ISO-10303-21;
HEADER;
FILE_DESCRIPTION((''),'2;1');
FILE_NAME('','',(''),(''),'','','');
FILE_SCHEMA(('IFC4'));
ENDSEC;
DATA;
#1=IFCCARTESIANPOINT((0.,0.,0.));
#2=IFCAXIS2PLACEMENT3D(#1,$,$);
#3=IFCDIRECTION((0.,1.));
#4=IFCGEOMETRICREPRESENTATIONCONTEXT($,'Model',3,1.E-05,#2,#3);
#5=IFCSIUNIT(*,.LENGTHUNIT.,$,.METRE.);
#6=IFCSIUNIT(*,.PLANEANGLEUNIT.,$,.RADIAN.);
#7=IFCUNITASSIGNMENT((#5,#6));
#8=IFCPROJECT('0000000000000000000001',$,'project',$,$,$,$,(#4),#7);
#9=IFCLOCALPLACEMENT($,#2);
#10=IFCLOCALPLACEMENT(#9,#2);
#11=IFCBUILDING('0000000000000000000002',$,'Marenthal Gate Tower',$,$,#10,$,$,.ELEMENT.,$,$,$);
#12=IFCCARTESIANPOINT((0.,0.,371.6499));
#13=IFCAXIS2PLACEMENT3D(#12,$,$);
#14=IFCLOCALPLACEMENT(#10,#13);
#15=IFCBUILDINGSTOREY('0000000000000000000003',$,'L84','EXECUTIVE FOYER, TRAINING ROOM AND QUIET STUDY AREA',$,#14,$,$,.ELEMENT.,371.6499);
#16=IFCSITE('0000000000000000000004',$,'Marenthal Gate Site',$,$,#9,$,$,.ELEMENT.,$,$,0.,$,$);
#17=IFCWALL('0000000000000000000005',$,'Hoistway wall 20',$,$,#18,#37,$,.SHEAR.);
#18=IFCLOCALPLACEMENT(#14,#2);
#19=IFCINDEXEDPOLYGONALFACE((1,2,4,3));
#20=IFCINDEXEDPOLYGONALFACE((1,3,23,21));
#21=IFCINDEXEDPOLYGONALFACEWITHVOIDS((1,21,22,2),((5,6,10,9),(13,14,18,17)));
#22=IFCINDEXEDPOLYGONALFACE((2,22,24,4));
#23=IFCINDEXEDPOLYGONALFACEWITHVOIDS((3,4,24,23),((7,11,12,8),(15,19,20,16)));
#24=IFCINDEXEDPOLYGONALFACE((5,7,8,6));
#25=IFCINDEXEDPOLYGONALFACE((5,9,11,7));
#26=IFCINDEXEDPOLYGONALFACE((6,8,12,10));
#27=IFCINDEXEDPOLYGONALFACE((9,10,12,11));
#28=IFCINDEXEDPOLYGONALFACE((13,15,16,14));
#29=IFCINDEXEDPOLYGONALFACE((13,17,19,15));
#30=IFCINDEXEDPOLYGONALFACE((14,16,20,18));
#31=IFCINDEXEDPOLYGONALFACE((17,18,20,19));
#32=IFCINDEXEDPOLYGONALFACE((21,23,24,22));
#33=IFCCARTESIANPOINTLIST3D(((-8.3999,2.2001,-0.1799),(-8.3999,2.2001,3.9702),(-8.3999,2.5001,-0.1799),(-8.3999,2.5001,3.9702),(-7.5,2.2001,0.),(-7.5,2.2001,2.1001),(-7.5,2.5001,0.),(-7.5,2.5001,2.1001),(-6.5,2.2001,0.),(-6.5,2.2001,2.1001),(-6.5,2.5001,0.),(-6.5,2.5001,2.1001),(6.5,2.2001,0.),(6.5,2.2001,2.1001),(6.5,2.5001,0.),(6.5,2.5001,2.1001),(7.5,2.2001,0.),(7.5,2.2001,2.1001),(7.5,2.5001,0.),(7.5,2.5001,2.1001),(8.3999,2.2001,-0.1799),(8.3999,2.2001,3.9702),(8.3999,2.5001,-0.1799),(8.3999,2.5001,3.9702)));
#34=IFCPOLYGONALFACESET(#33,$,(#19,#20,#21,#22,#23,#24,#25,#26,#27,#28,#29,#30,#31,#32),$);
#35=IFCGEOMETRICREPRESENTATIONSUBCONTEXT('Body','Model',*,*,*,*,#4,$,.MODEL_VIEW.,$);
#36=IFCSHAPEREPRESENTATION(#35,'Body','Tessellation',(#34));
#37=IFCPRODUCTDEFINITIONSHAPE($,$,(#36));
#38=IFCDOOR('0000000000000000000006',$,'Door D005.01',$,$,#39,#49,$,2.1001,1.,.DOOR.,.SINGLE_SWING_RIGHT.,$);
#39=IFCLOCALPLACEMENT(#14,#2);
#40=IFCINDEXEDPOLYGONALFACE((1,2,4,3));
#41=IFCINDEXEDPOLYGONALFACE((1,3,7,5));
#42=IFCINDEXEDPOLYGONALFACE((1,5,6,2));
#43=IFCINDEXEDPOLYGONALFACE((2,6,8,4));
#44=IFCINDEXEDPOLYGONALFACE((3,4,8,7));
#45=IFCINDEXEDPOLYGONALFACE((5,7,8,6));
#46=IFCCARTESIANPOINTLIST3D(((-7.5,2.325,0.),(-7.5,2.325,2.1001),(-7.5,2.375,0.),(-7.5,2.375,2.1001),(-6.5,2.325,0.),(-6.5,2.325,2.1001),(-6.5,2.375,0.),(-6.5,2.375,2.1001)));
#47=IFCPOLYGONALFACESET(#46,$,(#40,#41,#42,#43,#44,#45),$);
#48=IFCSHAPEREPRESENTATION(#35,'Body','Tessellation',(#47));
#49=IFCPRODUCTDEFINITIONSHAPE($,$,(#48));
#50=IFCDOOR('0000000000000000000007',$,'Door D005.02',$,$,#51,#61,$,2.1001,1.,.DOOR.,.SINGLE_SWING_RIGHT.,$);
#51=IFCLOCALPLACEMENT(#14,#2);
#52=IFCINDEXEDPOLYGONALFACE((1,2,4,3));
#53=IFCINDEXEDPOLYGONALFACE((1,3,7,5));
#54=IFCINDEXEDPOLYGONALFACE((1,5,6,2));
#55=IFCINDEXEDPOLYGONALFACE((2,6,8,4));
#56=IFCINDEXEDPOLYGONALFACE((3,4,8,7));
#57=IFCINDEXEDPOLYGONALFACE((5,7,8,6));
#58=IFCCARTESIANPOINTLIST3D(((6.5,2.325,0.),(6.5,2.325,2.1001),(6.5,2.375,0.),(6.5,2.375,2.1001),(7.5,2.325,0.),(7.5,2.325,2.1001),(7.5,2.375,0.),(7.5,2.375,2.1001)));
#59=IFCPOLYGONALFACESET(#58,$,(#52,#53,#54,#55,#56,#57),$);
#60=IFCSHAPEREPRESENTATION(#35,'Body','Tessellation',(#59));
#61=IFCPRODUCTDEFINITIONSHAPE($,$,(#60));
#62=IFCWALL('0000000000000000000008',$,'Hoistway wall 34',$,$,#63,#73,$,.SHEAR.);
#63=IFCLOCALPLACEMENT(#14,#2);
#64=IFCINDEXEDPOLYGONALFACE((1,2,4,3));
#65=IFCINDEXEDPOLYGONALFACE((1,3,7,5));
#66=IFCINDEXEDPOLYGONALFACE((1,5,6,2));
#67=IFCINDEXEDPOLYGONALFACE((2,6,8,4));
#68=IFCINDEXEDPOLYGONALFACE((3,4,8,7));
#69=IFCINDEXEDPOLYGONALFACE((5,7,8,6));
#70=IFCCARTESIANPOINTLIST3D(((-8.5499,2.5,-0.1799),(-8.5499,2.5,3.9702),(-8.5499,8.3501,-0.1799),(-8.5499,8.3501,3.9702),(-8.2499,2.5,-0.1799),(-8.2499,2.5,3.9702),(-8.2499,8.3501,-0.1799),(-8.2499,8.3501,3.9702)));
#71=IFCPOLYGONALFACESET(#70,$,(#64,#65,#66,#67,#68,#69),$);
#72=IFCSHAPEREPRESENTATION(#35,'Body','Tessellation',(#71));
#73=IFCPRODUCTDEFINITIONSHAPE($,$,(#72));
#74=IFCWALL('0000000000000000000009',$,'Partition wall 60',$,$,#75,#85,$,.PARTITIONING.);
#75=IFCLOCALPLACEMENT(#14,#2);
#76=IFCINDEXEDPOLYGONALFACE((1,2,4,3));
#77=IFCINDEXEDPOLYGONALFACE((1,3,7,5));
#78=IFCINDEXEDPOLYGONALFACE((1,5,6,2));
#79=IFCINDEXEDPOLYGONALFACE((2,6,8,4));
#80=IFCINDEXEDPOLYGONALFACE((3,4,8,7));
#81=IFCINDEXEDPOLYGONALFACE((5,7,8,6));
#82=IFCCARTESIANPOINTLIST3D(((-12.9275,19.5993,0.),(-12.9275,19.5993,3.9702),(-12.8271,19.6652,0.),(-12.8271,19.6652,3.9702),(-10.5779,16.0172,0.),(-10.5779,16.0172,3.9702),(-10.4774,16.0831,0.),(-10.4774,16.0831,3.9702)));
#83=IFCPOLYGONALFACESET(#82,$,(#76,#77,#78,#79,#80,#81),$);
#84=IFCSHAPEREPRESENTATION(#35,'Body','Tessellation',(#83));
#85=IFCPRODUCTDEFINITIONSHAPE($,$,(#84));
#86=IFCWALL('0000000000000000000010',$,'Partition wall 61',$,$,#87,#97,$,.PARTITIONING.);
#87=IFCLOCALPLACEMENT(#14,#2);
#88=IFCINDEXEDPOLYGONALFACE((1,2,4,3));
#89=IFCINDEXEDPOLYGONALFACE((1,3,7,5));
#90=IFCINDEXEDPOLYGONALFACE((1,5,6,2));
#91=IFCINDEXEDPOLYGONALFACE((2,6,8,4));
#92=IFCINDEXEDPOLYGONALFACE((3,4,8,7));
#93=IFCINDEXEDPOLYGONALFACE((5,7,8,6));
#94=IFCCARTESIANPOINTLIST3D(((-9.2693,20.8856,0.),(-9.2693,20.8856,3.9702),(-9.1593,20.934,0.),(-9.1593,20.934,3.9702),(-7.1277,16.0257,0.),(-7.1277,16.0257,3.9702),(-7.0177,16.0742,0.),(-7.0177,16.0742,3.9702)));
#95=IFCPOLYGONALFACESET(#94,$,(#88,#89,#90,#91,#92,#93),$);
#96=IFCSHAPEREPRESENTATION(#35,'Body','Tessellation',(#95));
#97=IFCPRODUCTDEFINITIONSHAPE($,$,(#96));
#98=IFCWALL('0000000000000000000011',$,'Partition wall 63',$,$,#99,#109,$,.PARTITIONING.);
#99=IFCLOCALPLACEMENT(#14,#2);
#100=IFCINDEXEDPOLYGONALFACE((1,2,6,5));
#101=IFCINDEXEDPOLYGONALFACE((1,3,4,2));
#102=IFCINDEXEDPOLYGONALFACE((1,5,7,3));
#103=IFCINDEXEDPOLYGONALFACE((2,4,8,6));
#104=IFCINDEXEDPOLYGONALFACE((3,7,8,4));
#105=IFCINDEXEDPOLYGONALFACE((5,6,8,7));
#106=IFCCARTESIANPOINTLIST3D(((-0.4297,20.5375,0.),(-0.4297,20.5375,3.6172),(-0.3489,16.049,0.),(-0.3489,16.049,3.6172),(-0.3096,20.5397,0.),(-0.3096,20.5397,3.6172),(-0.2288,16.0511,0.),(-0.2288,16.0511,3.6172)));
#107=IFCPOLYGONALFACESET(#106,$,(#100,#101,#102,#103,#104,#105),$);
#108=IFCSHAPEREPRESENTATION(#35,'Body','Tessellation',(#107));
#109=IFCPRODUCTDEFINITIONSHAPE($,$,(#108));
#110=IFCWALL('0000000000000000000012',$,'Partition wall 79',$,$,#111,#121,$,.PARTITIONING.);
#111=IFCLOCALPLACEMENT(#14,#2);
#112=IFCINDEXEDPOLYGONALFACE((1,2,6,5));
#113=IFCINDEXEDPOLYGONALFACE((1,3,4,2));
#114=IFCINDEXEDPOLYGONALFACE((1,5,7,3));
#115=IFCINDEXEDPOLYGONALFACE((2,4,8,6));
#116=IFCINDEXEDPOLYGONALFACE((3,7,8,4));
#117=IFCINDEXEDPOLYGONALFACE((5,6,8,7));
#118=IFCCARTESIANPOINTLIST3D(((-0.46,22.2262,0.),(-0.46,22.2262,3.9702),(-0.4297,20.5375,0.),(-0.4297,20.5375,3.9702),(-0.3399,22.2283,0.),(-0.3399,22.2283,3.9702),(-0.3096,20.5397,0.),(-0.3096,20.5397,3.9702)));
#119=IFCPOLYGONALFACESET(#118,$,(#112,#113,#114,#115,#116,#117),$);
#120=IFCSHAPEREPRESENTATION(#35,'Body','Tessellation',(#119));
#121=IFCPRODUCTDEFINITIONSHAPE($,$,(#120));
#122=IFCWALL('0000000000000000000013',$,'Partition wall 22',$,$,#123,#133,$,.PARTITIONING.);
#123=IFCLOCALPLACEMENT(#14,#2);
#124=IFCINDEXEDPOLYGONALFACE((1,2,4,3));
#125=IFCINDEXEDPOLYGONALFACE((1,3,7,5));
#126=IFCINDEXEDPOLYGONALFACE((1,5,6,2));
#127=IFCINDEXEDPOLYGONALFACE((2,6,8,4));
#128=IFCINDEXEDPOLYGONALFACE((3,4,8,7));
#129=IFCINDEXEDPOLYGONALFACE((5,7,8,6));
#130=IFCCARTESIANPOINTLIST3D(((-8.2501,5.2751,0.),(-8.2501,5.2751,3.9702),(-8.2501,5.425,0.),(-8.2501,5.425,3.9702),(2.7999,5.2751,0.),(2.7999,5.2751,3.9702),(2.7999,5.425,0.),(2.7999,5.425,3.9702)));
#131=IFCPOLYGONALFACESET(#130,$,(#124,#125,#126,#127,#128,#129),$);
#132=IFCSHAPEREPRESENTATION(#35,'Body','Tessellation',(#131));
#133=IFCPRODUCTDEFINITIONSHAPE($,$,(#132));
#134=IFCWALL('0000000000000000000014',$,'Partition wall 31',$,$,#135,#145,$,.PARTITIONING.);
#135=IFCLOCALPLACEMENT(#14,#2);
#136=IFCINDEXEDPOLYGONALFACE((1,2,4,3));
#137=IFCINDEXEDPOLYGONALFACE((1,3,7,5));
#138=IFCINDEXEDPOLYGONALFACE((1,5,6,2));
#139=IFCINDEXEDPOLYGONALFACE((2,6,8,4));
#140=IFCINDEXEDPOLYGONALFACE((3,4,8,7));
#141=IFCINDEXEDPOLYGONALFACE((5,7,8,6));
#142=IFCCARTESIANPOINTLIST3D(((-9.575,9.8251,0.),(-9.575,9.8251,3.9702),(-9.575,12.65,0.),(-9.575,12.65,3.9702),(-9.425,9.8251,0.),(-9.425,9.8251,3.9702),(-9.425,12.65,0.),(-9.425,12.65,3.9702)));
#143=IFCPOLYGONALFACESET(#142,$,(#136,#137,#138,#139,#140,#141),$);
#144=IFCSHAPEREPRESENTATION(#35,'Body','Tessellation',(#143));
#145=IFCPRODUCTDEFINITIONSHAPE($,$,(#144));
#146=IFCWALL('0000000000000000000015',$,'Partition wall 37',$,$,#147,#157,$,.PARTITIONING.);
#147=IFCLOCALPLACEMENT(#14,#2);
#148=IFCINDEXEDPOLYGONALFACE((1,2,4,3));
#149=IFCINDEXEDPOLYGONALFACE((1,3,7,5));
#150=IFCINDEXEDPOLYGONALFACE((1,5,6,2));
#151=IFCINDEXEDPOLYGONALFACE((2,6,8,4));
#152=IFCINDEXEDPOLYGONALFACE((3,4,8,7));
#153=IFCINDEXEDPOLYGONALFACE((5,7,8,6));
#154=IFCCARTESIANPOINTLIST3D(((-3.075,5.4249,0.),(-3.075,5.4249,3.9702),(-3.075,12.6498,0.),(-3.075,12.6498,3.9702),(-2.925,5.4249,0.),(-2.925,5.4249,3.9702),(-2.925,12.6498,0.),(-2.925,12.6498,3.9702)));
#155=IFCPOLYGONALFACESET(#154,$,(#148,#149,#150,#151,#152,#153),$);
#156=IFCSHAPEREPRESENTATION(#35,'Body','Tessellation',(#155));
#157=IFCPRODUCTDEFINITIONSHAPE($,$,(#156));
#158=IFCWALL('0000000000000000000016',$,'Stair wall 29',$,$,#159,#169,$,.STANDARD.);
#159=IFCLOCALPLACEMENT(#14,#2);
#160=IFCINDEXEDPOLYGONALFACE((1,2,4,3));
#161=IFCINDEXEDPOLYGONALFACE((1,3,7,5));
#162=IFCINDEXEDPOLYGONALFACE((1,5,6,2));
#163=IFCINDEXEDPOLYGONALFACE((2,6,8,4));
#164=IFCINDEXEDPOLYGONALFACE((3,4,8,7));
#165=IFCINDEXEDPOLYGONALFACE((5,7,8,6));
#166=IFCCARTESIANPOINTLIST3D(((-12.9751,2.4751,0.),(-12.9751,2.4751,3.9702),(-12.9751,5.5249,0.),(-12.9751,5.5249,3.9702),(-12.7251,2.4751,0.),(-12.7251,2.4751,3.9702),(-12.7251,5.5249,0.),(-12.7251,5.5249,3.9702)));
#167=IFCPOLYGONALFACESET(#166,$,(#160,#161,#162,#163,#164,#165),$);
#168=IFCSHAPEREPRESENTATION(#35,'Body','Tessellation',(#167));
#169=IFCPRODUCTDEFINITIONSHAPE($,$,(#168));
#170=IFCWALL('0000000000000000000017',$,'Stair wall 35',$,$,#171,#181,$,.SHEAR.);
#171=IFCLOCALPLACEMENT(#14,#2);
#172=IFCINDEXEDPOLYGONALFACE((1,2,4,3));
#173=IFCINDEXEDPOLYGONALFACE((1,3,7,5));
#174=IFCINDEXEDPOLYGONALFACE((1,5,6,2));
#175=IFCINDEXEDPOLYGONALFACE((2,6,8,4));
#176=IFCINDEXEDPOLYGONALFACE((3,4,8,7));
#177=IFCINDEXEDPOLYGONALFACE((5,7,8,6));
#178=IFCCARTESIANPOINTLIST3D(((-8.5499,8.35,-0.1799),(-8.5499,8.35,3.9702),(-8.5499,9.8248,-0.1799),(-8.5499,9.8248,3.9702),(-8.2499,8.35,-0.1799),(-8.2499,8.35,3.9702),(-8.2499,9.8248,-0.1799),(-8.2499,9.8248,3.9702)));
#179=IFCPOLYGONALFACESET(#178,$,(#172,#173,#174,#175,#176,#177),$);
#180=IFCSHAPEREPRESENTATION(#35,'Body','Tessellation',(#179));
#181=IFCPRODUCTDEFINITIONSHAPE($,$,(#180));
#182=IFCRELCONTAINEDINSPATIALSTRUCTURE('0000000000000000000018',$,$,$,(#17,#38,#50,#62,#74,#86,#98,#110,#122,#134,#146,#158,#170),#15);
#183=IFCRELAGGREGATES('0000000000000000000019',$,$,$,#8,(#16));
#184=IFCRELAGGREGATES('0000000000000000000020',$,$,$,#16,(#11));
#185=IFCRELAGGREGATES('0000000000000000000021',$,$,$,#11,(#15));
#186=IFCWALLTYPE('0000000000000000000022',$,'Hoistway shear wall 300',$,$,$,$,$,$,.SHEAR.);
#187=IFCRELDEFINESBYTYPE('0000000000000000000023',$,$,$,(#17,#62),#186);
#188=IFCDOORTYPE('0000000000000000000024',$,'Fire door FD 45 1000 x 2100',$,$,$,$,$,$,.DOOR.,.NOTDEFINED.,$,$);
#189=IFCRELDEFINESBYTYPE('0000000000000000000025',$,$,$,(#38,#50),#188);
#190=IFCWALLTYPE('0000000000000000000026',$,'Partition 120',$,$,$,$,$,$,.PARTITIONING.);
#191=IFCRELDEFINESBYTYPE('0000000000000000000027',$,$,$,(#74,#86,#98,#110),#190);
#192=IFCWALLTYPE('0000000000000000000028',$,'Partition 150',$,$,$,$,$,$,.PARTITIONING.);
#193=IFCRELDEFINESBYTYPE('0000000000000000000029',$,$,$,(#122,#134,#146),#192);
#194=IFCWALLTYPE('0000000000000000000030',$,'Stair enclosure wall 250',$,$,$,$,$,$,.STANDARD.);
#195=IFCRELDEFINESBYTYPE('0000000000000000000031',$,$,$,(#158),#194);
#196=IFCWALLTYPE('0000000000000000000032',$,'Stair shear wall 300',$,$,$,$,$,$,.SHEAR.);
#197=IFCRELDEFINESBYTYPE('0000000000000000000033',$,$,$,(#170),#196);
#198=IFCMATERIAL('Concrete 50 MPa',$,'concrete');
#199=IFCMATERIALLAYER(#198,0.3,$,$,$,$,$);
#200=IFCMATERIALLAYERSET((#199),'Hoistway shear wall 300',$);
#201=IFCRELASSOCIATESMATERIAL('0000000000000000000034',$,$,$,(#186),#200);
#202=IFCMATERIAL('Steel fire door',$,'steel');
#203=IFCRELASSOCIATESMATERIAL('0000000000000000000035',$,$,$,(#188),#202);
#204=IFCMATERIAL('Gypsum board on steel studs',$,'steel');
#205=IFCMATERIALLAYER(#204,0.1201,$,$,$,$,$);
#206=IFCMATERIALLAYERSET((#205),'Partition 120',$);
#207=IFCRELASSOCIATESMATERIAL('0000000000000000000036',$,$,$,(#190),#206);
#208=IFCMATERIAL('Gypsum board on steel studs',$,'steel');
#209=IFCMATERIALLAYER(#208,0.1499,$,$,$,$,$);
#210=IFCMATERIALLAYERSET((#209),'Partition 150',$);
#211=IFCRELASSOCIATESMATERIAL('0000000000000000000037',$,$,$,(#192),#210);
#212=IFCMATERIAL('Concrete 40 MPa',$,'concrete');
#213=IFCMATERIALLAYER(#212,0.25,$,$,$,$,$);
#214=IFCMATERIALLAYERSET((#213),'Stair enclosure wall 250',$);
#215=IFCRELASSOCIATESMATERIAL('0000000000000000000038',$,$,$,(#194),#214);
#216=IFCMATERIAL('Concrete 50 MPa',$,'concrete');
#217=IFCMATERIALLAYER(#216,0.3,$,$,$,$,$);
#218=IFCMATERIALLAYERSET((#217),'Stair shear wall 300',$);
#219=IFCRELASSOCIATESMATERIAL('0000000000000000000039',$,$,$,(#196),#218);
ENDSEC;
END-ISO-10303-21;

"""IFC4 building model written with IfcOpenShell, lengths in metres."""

from ifc_helpers import new_model, si_unit, direction, frame, frame_2d, origin, place, context, subcontext, project, spatial, rectangle, extrude, material, layer, layer_set, type_object, element, fill, save


model = new_model("IFC4")

# Units and contexts
model_context = context("Model", 3, precision=1e-05, world=origin(), true_north=direction((0.0, 1.0)))
body_context = subcontext(model_context, "Body", "Model", "MODEL_VIEW")
ifc_project = project(units=[si_unit("LENGTHUNIT", "METRE"), si_unit("PLANEANGLEUNIT", "RADIAN")], contexts=[model_context])

# Site, building, storey
site_placement = place(None, origin())
site = spatial("IfcSite", under=ifc_project, at=site_placement, Name="Marenthal Gate Site", CompositionType="ELEMENT", RefElevation=0.0)
building_placement = place(site_placement, origin())
building = spatial("IfcBuilding", under=site, at=building_placement, Name="Marenthal Gate Tower", CompositionType="ELEMENT")
storey_placement = place(building_placement, frame((0.0, 0.0, 371.6499)))
storey = spatial("IfcBuildingStorey", under=building, at=storey_placement, Name="L84", Description="EXECUTIVE FOYER, TRAINING ROOM AND QUIET STUDY AREA", CompositionType="ELEMENT", Elevation=371.6499)

# Wall, openings, doors
ifc_material_1 = material(Name="Concrete 50 MPa", Category="concrete")
ifc_layer_1 = layer(ifc_material_1, 0.3)
ifc_layer_set_1 = layer_set([ifc_layer_1], Name="Hoistway shear wall 300")
wall_type_1 = type_object("IfcWallType", Name="Hoistway shear wall 300", PredefinedType="SHEAR", material=ifc_layer_set_1)
wall_1_placement = place(storey_placement, frame((-8.3999, 2.3501, -0.1799), z_axis=(0.0, 0.0, 1.0), x_axis=(1.0, 0.0, 0.0)))
wall_1 = element("IfcWall", 1, at=wall_1_placement, inside=storey, type_object=wall_type_1, Name="Hoistway wall 20", PredefinedType="SHEAR", context=body_context, shape_type="SweptSolid", body=[
    extrude(rectangle(XDim=16.7998, YDim=0.3, at=frame_2d((8.3999, 0.0))), origin(), (0.0, 0.0, 1.0), 4.1501),
])
opening_1_placement = place(wall_1_placement, frame((0.8999, 0.0, 0.1799)))
opening_1 = element("IfcOpeningElement", 2, at=opening_1_placement, cuts=wall_1, PredefinedType="OPENING", context=body_context, shape_type="SweptSolid", body=[
    extrude(rectangle(XDim=1.0, YDim=2.1001, at=frame_2d((0.5, 1.05))), frame((0.0, 0.1602, 0.0), z_axis=(0.0, -1.0, 0.0), x_axis=(1.0, 0.0, 0.0)), (0.0, 0.0, 1.0), 0.3201),
])
opening_2_placement = place(wall_1_placement, frame((14.8999, 0.0, 0.1799)))
opening_2 = element("IfcOpeningElement", 3, at=opening_2_placement, cuts=wall_1, PredefinedType="OPENING", context=body_context, shape_type="SweptSolid", body=[
    extrude(rectangle(XDim=1.0, YDim=2.1001, at=frame_2d((0.5, 1.05))), frame((0.0, 0.1602, 0.0), z_axis=(0.0, -1.0, 0.0), x_axis=(1.0, 0.0, 0.0)), (0.0, 0.0, 1.0), 0.3201),
])
ifc_material_2 = material(Name="Steel fire door", Category="steel")
door_type_1 = type_object("IfcDoorType", Name="Fire door FD 45 1000 x 2100", OperationType="NOTDEFINED", PredefinedType="DOOR", material=ifc_material_2)
door_1_placement = place(opening_1_placement, origin())
door_1 = element("IfcDoor", 4, at=door_1_placement, inside=storey, type_object=door_type_1, Name="Door D005.01", OperationType="SINGLE_SWING_RIGHT", OverallHeight=2.1001, OverallWidth=1.0, PredefinedType="DOOR", context=body_context, shape_type="SweptSolid", body=[
    extrude(rectangle(XDim=1.0, YDim=2.1001, at=frame_2d((0.5, 1.05))), frame((0.0, 0.0249, 0.0), z_axis=(0.0, -1.0, 0.0), x_axis=(1.0, 0.0, 0.0)), (0.0, 0.0, 1.0), 0.05),
])
fill(opening_1, door_1)
door_2_placement = place(opening_2_placement, origin())
door_2 = element("IfcDoor", 5, at=door_2_placement, inside=storey, type_object=door_type_1, Name="Door D005.02", OperationType="SINGLE_SWING_RIGHT", OverallHeight=2.1001, OverallWidth=1.0, PredefinedType="DOOR", context=body_context, shape_type="SweptSolid", body=[
    extrude(rectangle(XDim=1.0, YDim=2.1001, at=frame_2d((0.5, 1.05))), frame((0.0, 0.0249, 0.0), z_axis=(0.0, -1.0, 0.0), x_axis=(1.0, 0.0, 0.0)), (0.0, 0.0, 1.0), 0.05),
])
fill(opening_2, door_2)

# Walls
wall_2_placement = place(storey_placement, frame((-8.3999, 2.5, -0.1799), z_axis=(0.0, 0.0, 1.0), x_axis=(0.0, 1.0, 0.0)))
element("IfcWall", 6, at=wall_2_placement, inside=storey, type_object=wall_type_1, Name="Hoistway wall 34", PredefinedType="SHEAR", context=body_context, shape_type="SweptSolid", body=[
    extrude(rectangle(XDim=5.8501, YDim=0.3, at=frame_2d((2.925, 0.0))), origin(), (0.0, 0.0, 1.0), 4.1501),
])
ifc_material_3 = material(Name="Gypsum board on steel studs", Category="steel")
ifc_layer_2 = layer(ifc_material_3, 0.1201)
ifc_layer_set_2 = layer_set([ifc_layer_2], Name="Partition 120")
wall_type_2 = type_object("IfcWallType", Name="Partition 120", PredefinedType="PARTITIONING", material=ifc_layer_set_2)
wall_3_placement = place(storey_placement, frame((-10.5276, 16.05, 0.0), z_axis=(0.0, 0.0, 1.0), x_axis=(-0.548477, 0.836166, 0.0)))
element("IfcWall", 7, at=wall_3_placement, inside=storey, type_object=wall_type_2, Name="Partition wall 60", PredefinedType="PARTITIONING", context=body_context, shape_type="SweptSolid", body=[
    extrude(rectangle(XDim=4.2839, YDim=0.1201, at=frame_2d((2.1421, 0.0))), origin(), (0.0, 0.0, 1.0), 3.9702),
])
wall_4_placement = place(storey_placement, frame((-7.0728, 16.05, 0.0), z_axis=(0.0, 0.0, 1.0), x_axis=(-0.403253, 0.915088, 0.0)))
element("IfcWall", 8, at=wall_4_placement, inside=storey, type_object=wall_type_2, Name="Partition wall 61", PredefinedType="PARTITIONING", context=body_context, shape_type="SweptSolid", body=[
    extrude(rectangle(XDim=5.3108, YDim=0.1201, at=frame_2d((2.6553, 0.0))), origin(), (0.0, 0.0, 1.0), 3.9702),
])
wall_5_placement = place(storey_placement, frame((-0.2888, 16.05, 0.0), z_axis=(0.0, 0.0, 1.0), x_axis=(-0.018001, 0.999838, 0.0)))
element("IfcWall", 9, at=wall_5_placement, inside=storey, type_object=wall_type_2, Name="Partition wall 63", PredefinedType="PARTITIONING", context=body_context, shape_type="SweptSolid", body=[
    extrude(rectangle(XDim=4.4893, YDim=0.1201, at=frame_2d((2.2446, 0.0))), origin(), (0.0, 0.0, 1.0), 3.6172),
])
wall_6_placement = place(storey_placement, frame((-0.3696, 20.5386, 0.0), z_axis=(0.0, 0.0, 1.0), x_axis=(-0.017924, 0.999839, 0.0)))
element("IfcWall", 10, at=wall_6_placement, inside=storey, type_object=wall_type_2, Name="Partition wall 79", PredefinedType="PARTITIONING", context=body_context, shape_type="SweptSolid", body=[
    extrude(rectangle(XDim=1.689, YDim=0.1201, at=frame_2d((0.8445, 0.0))), origin(), (0.0, 0.0, 1.0), 3.9702),
])
ifc_material_4 = material(Name="Gypsum board on steel studs", Category="steel")
ifc_layer_3 = layer(ifc_material_4, 0.1499)
ifc_layer_set_3 = layer_set([ifc_layer_3], Name="Partition 150")
wall_type_3 = type_object("IfcWallType", Name="Partition 150", PredefinedType="PARTITIONING", material=ifc_layer_set_3)
wall_7_placement = place(storey_placement, frame((-8.25, 5.3501, 0.0), z_axis=(0.0, 0.0, 1.0), x_axis=(1.0, 0.0, 0.0)))
element("IfcWall", 11, at=wall_7_placement, inside=storey, type_object=wall_type_3, Name="Partition wall 22", PredefinedType="PARTITIONING", context=body_context, shape_type="SweptSolid", body=[
    extrude(rectangle(XDim=11.05, YDim=0.1499, at=frame_2d((5.5249, 0.0))), origin(), (0.0, 0.0, 1.0), 3.9702),
])
wall_8_placement = place(storey_placement, frame((-9.5, 9.825, 0.0), z_axis=(0.0, 0.0, 1.0), x_axis=(0.0, 1.0, 0.0)))
element("IfcWall", 12, at=wall_8_placement, inside=storey, type_object=wall_type_3, Name="Partition wall 31", PredefinedType="PARTITIONING", context=body_context, shape_type="SweptSolid", body=[
    extrude(rectangle(XDim=2.825, YDim=0.1499, at=frame_2d((1.4126, 0.0))), origin(), (0.0, 0.0, 1.0), 3.9702),
])
wall_9_placement = place(storey_placement, frame((-3.0, 5.425, 0.0), z_axis=(0.0, 0.0, 1.0), x_axis=(0.0, 1.0, 0.0)))
element("IfcWall", 13, at=wall_9_placement, inside=storey, type_object=wall_type_3, Name="Partition wall 37", PredefinedType="PARTITIONING", context=body_context, shape_type="SweptSolid", body=[
    extrude(rectangle(XDim=7.2249, YDim=0.1499, at=frame_2d((3.6123, 0.0))), origin(), (0.0, 0.0, 1.0), 3.9702),
])
ifc_material_5 = material(Name="Concrete 40 MPa", Category="concrete")
ifc_layer_4 = layer(ifc_material_5, 0.25)
ifc_layer_set_4 = layer_set([ifc_layer_4], Name="Stair enclosure wall 250")
wall_type_4 = type_object("IfcWallType", Name="Stair enclosure wall 250", PredefinedType="STANDARD", material=ifc_layer_set_4)
wall_10_placement = place(storey_placement, frame((-12.8501, 2.4751, 0.0), z_axis=(0.0, 0.0, 1.0), x_axis=(0.0, 1.0, 0.0)))
element("IfcWall", 14, at=wall_10_placement, inside=storey, type_object=wall_type_4, Name="Stair wall 29", PredefinedType="STANDARD", context=body_context, shape_type="SweptSolid", body=[
    extrude(rectangle(XDim=3.0498, YDim=0.25, at=frame_2d((1.5249, 0.0))), origin(), (0.0, 0.0, 1.0), 3.9702),
])
ifc_material_6 = material(Name="Concrete 50 MPa", Category="concrete")
ifc_layer_5 = layer(ifc_material_6, 0.3)
ifc_layer_set_5 = layer_set([ifc_layer_5], Name="Stair shear wall 300")
wall_type_5 = type_object("IfcWallType", Name="Stair shear wall 300", PredefinedType="SHEAR", material=ifc_layer_set_5)
wall_11_placement = place(storey_placement, frame((-8.3999, 8.3501, -0.1799), z_axis=(0.0, 0.0, 1.0), x_axis=(0.0, 1.0, 0.0)))
element("IfcWall", 15, at=wall_11_placement, inside=storey, type_object=wall_type_5, Name="Stair wall 35", PredefinedType="SHEAR", context=body_context, shape_type="SweptSolid", body=[
    extrude(rectangle(XDim=1.4749, YDim=0.3, at=frame_2d((0.7373, 0.0))), origin(), (0.0, 0.0, 1.0), 4.1501),
])

save(model, "model.ifc")
